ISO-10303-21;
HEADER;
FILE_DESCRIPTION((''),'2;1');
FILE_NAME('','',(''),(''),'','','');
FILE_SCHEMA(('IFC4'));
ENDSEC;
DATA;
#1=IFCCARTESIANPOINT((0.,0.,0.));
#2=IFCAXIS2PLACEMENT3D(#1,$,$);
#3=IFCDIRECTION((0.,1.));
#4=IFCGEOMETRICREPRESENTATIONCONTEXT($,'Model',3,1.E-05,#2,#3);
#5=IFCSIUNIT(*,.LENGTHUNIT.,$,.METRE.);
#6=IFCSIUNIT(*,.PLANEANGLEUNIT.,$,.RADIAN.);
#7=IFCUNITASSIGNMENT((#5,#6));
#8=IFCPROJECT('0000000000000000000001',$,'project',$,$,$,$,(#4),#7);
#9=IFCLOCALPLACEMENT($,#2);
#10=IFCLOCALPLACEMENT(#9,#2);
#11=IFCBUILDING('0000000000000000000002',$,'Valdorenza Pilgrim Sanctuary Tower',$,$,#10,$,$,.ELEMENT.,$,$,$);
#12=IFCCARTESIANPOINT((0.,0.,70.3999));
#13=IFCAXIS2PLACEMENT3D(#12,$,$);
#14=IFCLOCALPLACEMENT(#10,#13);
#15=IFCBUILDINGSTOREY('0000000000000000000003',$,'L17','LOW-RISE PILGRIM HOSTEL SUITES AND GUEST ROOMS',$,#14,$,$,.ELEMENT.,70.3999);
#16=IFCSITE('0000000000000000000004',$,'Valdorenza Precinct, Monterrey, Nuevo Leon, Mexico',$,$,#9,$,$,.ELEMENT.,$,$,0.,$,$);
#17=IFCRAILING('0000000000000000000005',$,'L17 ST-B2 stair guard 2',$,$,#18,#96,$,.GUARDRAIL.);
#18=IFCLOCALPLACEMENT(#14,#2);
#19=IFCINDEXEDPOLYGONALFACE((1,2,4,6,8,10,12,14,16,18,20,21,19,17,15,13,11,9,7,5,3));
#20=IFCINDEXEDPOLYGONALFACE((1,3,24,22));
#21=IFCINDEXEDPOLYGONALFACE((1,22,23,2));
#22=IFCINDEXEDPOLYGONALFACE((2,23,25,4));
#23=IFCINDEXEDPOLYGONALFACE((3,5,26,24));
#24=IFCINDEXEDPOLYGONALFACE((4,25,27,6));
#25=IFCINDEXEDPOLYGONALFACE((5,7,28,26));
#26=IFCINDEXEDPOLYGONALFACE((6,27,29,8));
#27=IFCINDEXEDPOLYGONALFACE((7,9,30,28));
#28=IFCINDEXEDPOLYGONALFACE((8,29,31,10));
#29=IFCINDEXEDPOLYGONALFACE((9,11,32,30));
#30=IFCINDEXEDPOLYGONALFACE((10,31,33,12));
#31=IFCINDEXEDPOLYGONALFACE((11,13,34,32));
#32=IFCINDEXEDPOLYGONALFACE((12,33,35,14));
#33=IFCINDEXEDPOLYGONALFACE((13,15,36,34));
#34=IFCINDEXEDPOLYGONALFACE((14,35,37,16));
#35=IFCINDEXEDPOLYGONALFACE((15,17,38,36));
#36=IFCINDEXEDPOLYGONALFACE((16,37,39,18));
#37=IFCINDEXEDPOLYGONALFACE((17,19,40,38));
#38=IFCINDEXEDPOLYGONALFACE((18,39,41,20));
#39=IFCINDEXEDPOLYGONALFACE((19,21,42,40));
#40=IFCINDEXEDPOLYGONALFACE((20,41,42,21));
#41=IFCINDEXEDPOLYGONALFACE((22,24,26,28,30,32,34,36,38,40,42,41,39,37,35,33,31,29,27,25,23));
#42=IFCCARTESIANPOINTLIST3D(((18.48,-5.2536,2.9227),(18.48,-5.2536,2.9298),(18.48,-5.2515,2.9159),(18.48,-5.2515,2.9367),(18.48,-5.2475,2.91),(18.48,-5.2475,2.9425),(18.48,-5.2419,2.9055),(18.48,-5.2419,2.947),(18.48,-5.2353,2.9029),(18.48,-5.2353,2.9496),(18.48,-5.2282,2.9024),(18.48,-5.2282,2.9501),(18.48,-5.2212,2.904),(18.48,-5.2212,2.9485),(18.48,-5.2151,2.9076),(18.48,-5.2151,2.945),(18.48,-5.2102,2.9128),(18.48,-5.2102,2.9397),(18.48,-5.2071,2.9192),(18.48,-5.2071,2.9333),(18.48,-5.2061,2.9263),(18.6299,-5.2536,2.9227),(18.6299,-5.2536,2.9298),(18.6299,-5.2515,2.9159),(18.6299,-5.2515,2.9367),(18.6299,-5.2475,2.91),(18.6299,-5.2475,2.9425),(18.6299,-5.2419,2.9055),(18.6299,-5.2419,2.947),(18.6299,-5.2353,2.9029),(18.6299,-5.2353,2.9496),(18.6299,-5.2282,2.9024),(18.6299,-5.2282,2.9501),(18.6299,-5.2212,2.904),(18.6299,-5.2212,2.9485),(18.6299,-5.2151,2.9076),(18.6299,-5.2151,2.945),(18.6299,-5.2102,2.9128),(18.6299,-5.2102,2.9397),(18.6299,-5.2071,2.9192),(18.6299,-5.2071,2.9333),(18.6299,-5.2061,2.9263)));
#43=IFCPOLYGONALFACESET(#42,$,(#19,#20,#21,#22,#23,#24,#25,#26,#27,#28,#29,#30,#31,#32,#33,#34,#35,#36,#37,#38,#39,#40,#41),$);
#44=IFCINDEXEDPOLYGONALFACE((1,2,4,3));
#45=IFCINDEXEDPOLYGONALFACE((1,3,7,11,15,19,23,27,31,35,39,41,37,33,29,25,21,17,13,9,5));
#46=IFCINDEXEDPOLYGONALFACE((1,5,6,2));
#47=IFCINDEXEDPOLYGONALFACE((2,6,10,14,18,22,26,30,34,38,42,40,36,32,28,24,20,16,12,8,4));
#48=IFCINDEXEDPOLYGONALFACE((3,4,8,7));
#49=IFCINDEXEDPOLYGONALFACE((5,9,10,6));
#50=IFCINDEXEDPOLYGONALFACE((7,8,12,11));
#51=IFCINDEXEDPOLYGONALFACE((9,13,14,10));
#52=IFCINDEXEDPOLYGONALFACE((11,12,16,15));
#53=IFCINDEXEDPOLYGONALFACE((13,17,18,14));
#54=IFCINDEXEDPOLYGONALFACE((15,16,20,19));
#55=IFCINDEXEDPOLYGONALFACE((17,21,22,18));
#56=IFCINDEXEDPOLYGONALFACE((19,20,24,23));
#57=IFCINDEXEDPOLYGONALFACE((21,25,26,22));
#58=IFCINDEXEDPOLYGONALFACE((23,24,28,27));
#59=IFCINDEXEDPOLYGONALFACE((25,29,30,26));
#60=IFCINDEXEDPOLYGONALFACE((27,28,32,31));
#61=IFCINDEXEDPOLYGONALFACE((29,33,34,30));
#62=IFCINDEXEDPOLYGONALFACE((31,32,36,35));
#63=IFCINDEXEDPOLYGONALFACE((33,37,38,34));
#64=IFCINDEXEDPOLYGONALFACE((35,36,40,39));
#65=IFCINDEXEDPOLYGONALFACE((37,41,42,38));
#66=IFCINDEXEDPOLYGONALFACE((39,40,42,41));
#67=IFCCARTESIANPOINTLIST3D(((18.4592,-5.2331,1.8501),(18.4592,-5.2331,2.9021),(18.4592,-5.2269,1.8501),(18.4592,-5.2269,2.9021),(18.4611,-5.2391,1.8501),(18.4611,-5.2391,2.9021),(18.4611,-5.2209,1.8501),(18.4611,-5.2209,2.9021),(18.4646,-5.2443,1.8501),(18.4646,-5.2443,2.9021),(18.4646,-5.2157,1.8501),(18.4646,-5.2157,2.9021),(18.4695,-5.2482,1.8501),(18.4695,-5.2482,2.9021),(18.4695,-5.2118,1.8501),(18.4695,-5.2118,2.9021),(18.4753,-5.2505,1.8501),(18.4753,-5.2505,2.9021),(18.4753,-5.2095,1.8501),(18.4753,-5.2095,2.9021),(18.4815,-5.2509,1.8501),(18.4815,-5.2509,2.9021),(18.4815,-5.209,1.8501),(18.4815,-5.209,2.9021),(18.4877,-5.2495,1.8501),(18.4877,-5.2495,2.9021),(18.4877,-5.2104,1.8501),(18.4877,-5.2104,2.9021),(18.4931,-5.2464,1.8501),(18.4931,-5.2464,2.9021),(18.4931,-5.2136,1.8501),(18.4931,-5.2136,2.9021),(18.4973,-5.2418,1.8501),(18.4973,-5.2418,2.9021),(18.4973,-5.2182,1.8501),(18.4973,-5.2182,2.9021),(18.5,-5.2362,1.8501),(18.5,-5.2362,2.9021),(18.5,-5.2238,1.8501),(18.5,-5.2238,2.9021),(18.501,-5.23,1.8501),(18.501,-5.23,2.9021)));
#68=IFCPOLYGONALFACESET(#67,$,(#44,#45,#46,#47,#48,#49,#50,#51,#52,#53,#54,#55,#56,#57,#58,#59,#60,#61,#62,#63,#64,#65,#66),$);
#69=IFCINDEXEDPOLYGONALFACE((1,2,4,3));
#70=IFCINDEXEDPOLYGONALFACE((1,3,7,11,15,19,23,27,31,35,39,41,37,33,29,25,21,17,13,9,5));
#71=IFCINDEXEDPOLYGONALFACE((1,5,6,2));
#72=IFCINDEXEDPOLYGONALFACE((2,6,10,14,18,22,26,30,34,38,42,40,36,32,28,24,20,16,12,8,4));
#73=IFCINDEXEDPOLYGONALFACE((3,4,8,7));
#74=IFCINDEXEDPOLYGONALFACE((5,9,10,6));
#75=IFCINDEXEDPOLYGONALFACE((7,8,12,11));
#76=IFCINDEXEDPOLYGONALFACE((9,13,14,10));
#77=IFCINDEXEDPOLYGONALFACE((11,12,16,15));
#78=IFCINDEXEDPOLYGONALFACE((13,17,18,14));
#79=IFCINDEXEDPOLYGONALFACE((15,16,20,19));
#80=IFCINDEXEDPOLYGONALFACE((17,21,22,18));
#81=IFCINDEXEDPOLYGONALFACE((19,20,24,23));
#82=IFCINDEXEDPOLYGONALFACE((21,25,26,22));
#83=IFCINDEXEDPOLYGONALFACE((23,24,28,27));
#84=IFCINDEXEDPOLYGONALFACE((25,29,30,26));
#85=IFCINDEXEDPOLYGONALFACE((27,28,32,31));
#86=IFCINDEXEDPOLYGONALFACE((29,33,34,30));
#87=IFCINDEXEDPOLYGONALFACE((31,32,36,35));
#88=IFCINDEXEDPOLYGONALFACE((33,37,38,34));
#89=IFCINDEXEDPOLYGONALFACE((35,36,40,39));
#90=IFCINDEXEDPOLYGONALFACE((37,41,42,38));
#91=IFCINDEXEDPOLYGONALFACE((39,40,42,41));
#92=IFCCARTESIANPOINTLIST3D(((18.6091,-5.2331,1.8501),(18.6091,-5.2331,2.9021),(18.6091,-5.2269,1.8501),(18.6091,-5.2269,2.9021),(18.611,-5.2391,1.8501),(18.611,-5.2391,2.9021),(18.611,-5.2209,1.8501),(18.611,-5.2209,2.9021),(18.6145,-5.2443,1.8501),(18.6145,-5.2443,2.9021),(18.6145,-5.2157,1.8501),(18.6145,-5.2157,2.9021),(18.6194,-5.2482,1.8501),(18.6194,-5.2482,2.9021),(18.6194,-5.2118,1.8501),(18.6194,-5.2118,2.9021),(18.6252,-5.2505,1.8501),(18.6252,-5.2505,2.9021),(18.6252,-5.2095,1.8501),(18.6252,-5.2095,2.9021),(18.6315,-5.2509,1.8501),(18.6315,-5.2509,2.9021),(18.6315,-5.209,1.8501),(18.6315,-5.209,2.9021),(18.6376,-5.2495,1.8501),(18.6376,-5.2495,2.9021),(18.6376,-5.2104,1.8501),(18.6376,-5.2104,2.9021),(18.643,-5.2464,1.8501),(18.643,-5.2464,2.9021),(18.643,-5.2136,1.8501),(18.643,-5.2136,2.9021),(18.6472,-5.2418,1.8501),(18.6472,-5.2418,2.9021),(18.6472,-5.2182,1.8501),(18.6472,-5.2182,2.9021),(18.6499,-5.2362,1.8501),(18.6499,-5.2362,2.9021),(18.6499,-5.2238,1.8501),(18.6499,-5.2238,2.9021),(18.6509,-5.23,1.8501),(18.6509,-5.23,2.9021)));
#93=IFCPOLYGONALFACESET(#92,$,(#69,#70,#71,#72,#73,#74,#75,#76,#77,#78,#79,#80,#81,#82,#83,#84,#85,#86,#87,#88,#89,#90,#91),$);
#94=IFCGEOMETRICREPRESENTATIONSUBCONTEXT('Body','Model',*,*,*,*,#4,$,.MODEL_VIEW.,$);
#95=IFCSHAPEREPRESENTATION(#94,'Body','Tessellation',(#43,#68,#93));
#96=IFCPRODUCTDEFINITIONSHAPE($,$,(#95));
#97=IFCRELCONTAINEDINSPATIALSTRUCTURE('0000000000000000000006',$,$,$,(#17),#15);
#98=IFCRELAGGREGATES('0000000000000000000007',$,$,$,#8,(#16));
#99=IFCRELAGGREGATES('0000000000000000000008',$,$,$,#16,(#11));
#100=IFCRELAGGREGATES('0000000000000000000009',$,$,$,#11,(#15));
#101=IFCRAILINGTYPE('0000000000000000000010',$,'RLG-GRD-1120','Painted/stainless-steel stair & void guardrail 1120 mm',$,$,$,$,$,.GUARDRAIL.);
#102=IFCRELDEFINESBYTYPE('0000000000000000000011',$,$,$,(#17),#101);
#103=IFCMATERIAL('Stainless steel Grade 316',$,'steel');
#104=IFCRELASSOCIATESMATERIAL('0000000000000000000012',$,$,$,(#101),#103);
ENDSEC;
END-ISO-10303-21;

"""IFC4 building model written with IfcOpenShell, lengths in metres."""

from ifc_helpers import new_model, si_unit, direction, frame, origin, origin_2d, place, context, subcontext, project, spatial, circle, extrude, material, type_object, element, save


model = new_model("IFC4")

# Units and contexts
model_context = context("Model", 3, precision=1e-05, world=origin(), true_north=direction((0.0, 1.0)))
body_context = subcontext(model_context, "Body", "Model", "MODEL_VIEW")
ifc_project = project(units=[si_unit("LENGTHUNIT", "METRE"), si_unit("PLANEANGLEUNIT", "RADIAN")], contexts=[model_context])

# Site, building, storey
site_placement = place(None, origin())
site = spatial("IfcSite", under=ifc_project, at=site_placement, Name="Valdorenza Precinct, Monterrey, Nuevo Leon, Mexico", CompositionType="ELEMENT", RefElevation=0.0)
building_placement = place(site_placement, origin())
building = spatial("IfcBuilding", under=site, at=building_placement, Name="Valdorenza Pilgrim Sanctuary Tower", CompositionType="ELEMENT")
storey_placement = place(building_placement, frame((0.0, 0.0, 70.3999)))
storey = spatial("IfcBuildingStorey", under=building, at=storey_placement, Name="L17", Description="LOW-RISE PILGRIM HOSTEL SUITES AND GUEST ROOMS", CompositionType="ELEMENT", Elevation=70.3999)

# Railing
ifc_material_1 = material(Name="Stainless steel Grade 316", Category="steel")
railing_type_1 = type_object("IfcRailingType", Name="RLG-GRD-1120", Description="Painted/stainless-steel stair & void guardrail 1120 mm", PredefinedType="GUARDRAIL", material=ifc_material_1)
railing_1_placement = place(storey_placement, frame((18.48, -5.23, 1.8501)))
element("IfcRailing", 1, at=railing_1_placement, inside=storey, type_object=railing_type_1, Name="L17 ST-B2 stair guard 2", PredefinedType="GUARDRAIL", context=body_context, shape_type="SweptSolid", body=[
    extrude(circle(Radius=0.0239, at=origin_2d()), frame((0.0, 0.0, 1.0762), z_axis=(1.0, 0.0, 0.0), x_axis=(0.0, 1.0, 0.0)), (0.0, 0.0, 1.0), 0.1499),
    extrude(circle(Radius=0.021, at=origin_2d()), origin(), (0.0, 0.0, 1.0), 1.052),
    extrude(circle(Radius=0.021, at=origin_2d()), frame((0.1499, 0.0, 0.0)), (0.0, 0.0, 1.0), 1.052),
])

save(model, "model.ifc")
